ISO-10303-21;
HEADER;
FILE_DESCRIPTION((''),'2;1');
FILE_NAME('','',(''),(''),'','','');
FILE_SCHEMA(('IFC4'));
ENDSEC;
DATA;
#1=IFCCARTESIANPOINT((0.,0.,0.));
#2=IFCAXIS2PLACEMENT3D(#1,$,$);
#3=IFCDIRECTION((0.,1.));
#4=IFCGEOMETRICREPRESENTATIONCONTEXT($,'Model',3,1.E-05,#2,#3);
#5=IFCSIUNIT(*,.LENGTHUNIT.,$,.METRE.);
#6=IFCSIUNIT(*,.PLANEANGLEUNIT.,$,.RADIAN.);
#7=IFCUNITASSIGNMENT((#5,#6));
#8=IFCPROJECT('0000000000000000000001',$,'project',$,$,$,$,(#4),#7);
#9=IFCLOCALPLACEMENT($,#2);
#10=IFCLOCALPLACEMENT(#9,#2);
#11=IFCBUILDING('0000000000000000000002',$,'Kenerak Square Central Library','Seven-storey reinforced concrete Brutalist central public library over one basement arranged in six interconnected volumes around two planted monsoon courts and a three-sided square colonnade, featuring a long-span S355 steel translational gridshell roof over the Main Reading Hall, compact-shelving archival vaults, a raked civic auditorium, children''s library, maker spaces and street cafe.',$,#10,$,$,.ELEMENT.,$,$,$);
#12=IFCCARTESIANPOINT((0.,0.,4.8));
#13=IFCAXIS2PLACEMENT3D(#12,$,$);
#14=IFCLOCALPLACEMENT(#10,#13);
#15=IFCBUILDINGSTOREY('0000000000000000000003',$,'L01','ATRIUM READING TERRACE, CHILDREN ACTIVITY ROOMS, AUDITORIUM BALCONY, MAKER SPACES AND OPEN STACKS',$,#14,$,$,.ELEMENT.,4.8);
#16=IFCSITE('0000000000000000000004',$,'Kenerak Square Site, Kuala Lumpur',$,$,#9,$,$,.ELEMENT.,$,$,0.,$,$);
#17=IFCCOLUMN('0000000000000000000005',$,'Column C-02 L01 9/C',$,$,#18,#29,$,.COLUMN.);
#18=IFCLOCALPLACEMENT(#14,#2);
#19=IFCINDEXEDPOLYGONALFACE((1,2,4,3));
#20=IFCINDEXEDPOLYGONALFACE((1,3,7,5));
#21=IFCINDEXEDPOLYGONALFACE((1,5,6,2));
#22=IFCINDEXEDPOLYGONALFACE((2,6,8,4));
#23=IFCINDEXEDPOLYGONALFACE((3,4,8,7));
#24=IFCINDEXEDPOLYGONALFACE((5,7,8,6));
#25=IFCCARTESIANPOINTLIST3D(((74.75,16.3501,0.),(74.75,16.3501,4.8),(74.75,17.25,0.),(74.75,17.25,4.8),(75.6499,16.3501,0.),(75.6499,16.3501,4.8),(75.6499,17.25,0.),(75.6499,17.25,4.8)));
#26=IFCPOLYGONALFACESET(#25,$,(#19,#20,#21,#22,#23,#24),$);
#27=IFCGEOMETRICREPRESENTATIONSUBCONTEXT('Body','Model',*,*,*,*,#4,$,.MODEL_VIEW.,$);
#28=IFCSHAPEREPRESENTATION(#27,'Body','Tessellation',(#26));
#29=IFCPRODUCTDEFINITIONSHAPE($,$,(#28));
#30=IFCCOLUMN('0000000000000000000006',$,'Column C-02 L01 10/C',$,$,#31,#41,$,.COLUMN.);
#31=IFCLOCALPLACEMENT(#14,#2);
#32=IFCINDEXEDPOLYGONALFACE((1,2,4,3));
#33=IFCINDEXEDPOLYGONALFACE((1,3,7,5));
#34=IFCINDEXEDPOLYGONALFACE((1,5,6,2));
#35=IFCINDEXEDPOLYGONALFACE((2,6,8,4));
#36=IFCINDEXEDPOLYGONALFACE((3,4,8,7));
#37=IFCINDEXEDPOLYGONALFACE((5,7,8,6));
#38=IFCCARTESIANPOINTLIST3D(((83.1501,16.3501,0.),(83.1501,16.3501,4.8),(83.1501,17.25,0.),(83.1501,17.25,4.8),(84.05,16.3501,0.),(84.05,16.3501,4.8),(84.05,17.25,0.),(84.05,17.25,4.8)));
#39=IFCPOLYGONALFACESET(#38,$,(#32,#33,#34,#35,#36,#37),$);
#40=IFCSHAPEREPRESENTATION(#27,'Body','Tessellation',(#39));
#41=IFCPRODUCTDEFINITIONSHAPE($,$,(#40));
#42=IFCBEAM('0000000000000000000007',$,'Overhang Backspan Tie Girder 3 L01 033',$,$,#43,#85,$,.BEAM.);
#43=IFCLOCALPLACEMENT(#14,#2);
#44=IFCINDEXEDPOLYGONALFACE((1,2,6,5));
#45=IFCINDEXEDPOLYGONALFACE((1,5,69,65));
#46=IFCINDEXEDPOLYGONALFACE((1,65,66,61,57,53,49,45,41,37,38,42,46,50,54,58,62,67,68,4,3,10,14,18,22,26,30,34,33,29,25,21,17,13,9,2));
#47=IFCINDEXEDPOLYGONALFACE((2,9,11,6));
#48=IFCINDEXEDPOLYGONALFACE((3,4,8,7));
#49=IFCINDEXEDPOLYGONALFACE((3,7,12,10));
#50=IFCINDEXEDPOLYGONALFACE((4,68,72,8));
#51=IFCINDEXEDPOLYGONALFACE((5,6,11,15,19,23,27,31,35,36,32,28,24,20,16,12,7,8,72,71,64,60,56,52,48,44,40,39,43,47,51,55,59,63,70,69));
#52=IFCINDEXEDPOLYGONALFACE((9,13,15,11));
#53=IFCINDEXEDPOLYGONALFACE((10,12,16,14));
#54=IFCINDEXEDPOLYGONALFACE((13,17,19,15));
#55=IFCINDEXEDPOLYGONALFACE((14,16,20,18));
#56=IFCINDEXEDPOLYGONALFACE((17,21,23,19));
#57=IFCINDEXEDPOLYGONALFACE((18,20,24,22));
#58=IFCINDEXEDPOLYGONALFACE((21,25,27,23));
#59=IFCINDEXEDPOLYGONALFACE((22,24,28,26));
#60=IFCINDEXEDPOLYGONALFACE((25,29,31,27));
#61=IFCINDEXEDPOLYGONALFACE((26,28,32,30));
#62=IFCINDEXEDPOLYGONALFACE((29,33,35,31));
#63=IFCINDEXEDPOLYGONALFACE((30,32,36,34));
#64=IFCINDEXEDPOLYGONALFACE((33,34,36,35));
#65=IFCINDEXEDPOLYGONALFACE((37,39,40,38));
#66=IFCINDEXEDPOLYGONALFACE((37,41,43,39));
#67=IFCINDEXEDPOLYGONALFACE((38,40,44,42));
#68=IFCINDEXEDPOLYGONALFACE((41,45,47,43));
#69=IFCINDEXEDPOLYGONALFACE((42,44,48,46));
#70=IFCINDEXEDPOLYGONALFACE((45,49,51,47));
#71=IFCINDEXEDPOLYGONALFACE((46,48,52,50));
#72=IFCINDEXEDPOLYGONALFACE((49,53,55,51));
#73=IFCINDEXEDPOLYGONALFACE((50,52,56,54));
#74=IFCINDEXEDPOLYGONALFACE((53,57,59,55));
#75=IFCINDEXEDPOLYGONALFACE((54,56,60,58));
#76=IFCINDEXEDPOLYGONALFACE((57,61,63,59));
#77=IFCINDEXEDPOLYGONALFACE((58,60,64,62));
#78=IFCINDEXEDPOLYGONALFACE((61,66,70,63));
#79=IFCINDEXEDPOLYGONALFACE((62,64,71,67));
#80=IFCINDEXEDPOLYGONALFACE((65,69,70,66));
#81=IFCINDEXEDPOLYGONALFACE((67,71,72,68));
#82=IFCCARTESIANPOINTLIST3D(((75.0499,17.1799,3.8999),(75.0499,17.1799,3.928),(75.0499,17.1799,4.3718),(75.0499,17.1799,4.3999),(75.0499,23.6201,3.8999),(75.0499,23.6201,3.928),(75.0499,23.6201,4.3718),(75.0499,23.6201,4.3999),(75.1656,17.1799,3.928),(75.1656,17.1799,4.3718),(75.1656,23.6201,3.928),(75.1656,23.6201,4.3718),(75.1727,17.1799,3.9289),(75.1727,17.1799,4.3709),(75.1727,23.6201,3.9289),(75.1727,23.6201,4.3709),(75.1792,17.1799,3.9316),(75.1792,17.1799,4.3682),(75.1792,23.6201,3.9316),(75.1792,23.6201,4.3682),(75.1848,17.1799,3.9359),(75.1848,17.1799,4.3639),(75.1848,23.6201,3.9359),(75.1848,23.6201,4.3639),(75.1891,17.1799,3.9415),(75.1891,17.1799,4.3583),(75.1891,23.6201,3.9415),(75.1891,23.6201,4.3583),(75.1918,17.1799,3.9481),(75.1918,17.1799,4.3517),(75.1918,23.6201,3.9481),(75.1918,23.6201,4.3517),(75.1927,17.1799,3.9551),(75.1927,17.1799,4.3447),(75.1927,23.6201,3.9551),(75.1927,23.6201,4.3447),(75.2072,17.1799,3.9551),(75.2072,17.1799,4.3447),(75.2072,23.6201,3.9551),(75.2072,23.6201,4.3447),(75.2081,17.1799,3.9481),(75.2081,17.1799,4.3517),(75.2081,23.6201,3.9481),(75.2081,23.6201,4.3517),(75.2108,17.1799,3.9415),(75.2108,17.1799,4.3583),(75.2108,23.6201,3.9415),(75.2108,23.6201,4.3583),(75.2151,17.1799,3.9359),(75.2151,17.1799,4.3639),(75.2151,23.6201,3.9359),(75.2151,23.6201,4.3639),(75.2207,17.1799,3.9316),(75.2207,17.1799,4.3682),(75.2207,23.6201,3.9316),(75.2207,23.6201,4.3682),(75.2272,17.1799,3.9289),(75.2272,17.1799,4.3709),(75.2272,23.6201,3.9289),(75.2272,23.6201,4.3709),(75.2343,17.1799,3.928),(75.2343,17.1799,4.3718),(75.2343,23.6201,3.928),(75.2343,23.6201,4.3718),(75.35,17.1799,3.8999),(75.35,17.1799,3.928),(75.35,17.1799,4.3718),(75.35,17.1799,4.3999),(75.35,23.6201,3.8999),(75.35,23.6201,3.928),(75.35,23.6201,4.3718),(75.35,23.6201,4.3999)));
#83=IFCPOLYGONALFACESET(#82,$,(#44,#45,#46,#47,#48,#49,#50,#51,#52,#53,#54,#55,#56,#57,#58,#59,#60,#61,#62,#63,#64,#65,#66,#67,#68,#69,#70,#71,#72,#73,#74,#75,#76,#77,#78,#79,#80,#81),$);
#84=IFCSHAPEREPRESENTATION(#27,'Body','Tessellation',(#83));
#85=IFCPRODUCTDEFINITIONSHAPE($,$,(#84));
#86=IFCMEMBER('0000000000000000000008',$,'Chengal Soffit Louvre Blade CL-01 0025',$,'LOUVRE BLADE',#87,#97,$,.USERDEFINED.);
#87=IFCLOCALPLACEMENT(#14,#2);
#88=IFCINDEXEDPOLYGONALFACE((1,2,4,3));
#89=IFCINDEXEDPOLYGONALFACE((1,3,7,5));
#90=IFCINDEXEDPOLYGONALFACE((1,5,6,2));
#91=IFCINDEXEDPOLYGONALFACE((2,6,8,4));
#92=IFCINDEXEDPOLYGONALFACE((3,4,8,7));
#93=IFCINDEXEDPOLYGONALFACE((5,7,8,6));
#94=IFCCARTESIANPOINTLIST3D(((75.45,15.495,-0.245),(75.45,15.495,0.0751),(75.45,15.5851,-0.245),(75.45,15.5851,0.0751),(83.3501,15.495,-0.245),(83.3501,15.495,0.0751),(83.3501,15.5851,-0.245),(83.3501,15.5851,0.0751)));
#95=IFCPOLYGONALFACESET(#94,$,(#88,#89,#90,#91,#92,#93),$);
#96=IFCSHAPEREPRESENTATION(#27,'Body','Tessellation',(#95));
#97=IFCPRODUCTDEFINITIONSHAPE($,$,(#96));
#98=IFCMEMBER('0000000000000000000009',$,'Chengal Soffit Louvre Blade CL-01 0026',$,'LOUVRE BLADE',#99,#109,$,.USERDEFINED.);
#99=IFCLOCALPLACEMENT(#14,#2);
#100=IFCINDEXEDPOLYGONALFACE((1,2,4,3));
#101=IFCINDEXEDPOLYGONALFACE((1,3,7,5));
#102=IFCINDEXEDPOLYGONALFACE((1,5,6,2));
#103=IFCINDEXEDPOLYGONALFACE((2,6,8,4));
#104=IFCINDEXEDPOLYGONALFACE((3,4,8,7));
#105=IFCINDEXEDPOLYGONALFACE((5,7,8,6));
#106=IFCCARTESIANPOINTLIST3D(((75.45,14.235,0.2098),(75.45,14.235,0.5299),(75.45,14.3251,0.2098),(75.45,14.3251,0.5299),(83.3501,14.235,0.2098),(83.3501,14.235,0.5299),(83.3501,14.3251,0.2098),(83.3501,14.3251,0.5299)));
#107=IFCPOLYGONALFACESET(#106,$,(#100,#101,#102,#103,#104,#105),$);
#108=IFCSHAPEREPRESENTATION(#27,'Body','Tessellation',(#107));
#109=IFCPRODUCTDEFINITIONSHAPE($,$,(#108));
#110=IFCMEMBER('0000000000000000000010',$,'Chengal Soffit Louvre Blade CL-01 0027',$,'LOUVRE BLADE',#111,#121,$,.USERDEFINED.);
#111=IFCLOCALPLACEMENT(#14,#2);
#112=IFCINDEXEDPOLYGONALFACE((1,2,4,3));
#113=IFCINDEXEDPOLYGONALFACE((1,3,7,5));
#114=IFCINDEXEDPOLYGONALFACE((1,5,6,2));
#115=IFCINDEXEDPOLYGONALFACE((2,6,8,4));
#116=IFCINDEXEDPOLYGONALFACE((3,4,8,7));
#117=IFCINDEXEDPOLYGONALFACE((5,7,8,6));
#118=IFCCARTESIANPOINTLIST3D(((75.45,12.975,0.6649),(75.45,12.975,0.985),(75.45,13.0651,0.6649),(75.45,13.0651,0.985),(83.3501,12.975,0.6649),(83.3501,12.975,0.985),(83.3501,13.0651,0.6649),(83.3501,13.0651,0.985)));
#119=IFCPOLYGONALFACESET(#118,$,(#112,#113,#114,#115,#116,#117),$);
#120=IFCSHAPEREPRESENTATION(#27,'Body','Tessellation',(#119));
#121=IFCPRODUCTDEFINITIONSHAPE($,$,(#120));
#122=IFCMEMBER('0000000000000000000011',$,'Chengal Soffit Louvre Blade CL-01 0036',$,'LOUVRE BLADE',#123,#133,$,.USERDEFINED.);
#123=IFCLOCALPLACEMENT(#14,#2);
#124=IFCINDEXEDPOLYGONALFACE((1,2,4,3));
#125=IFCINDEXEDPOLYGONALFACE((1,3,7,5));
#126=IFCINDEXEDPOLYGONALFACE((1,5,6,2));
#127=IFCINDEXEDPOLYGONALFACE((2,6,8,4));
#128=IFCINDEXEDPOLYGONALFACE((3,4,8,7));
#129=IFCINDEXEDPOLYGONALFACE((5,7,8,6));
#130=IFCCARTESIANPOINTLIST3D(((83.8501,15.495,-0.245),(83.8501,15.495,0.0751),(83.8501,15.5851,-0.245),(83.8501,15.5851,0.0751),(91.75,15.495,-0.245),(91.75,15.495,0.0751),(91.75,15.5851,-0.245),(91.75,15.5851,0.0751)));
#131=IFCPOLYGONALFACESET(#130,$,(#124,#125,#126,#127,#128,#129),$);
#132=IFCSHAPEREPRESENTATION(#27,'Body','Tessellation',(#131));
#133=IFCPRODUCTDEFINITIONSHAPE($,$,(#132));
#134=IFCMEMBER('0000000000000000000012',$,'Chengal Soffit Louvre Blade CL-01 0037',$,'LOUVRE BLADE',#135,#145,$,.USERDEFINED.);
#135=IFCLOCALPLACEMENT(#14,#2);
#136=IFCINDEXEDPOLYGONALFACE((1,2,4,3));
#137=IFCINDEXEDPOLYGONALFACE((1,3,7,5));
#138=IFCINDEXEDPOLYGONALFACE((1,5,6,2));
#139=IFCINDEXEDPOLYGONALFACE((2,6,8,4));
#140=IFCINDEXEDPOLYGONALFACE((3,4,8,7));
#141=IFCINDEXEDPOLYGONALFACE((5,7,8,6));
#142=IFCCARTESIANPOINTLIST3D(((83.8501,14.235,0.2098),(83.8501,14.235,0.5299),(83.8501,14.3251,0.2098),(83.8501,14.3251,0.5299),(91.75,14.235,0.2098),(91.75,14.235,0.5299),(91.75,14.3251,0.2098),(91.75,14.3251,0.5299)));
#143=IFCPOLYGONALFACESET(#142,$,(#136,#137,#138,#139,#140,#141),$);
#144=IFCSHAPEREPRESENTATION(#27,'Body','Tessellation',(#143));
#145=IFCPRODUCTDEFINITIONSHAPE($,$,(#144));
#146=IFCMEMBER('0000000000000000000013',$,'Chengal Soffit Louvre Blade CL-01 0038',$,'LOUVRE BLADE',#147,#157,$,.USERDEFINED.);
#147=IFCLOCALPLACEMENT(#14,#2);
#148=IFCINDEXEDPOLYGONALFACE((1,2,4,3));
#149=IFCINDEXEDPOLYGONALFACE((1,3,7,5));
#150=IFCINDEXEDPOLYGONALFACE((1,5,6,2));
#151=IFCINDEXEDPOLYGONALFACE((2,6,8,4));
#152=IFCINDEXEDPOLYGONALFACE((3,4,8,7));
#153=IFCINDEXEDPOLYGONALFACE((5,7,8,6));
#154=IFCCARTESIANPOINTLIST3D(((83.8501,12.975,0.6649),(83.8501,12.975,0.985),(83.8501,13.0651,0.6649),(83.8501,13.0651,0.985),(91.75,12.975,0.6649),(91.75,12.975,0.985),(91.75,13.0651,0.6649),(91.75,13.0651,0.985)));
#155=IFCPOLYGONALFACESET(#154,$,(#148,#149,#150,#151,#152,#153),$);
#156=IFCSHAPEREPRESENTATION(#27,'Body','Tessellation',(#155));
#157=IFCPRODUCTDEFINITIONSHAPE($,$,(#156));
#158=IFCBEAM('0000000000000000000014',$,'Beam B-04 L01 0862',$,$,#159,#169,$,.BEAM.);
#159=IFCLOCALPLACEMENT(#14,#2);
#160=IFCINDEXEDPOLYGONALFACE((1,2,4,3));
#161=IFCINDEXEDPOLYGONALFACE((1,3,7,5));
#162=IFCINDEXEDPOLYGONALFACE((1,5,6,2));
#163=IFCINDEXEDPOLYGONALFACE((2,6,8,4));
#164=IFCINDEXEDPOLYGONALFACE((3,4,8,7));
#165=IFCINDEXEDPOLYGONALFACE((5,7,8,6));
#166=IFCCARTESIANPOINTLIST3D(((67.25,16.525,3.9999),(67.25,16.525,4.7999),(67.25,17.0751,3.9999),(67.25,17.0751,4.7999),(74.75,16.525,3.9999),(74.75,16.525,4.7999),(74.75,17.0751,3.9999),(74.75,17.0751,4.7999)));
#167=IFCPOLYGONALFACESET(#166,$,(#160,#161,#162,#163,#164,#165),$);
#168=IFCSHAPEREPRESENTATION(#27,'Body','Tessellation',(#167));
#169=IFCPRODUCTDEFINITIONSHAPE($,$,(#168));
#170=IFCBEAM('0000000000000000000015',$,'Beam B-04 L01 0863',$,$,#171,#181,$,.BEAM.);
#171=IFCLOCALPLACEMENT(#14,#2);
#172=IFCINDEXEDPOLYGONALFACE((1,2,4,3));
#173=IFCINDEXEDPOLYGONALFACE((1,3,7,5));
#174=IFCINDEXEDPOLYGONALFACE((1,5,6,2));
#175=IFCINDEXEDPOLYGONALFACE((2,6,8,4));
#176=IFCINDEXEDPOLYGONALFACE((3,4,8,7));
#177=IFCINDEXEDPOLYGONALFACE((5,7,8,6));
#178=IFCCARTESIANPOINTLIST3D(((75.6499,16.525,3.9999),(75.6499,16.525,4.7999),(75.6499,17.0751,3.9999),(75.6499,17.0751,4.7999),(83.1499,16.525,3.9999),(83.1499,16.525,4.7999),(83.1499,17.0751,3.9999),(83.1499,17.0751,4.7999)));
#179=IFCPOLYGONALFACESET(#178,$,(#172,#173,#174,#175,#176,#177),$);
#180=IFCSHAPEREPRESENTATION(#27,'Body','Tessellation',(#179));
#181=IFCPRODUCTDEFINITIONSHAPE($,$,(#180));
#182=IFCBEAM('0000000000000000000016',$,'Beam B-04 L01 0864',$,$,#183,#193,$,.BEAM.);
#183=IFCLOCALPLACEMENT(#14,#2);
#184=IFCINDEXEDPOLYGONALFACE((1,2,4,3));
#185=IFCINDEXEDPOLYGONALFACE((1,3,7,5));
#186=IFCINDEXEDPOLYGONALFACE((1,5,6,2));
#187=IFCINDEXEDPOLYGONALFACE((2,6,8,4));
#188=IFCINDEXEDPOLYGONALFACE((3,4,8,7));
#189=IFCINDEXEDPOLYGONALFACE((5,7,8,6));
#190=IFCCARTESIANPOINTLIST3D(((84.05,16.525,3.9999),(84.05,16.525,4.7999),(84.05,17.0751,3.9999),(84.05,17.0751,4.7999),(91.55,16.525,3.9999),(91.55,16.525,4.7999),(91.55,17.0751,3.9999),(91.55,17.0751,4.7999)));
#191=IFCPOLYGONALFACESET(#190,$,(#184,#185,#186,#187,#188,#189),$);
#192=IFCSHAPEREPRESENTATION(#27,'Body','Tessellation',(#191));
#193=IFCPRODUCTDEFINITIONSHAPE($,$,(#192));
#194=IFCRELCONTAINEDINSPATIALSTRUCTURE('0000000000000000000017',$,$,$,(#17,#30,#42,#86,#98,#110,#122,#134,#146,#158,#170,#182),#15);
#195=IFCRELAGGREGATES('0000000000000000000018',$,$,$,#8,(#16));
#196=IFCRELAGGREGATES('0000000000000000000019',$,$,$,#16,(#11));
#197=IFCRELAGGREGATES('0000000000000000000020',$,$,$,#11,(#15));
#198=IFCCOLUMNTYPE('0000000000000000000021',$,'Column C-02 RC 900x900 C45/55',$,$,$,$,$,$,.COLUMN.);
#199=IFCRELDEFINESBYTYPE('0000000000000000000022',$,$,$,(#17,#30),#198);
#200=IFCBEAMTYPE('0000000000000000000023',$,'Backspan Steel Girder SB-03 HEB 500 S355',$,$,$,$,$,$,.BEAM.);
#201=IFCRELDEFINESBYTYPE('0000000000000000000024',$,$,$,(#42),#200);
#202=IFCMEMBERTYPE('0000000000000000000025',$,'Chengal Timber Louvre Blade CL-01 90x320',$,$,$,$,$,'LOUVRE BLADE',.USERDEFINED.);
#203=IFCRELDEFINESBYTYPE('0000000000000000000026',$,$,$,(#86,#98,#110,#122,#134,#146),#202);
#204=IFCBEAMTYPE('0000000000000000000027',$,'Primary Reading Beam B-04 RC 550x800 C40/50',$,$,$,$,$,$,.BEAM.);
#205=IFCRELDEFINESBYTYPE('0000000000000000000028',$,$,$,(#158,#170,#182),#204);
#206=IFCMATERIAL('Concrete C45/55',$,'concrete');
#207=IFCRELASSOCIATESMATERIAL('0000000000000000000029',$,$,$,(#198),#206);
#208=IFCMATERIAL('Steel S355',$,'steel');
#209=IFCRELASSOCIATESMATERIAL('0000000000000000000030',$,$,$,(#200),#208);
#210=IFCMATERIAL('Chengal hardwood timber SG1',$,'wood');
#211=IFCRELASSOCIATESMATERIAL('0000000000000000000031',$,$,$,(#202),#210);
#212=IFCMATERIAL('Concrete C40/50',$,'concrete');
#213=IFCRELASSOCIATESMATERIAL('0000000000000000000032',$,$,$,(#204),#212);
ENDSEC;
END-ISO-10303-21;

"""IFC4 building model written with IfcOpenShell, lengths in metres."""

from ifc_helpers import new_model, si_unit, direction, frame, origin, origin_2d, place, context, subcontext, project, spatial, rectangle, i_section, extrude, material, material_profile, profile_set, type_object, element, save


model = new_model("IFC4")

# Units and contexts
model_context = context("Model", 3, precision=1e-05, world=origin(), true_north=direction((0.0, 1.0)))
body_context = subcontext(model_context, "Body", "Model", "MODEL_VIEW")
ifc_project = project(units=[si_unit("LENGTHUNIT", "METRE"), si_unit("PLANEANGLEUNIT", "RADIAN")], contexts=[model_context])

# Site, building, storey
site_placement = place(None, origin())
site = spatial("IfcSite", under=ifc_project, at=site_placement, Name="Kenerak Square Site, Kuala Lumpur", CompositionType="ELEMENT", RefElevation=0.0)
building_placement = place(site_placement, origin())
building = spatial("IfcBuilding", under=site, at=building_placement, Name="Kenerak Square Central Library", Description="Seven-storey reinforced concrete Brutalist central public library over one basement arranged in six interconnected volumes around two planted monsoon courts and a three-sided square colonnade, featuring a long-span S355 steel translational gridshell roof over the Main Reading Hall, compact-shelving archival vaults, a raked civic auditorium, children's library, maker spaces and street cafe.", CompositionType="ELEMENT")
storey_placement = place(building_placement, frame((0.0, 0.0, 4.8)))
storey = spatial("IfcBuildingStorey", under=building, at=storey_placement, Name="L01", Description="ATRIUM READING TERRACE, CHILDREN ACTIVITY ROOMS, AUDITORIUM BALCONY, MAKER SPACES AND OPEN STACKS", CompositionType="ELEMENT", Elevation=4.8)

# Columns
ifc_material_1 = material(Name="Concrete C45/55", Category="concrete")
ifc_material_profile_1 = material_profile(ifc_material_1, rectangle(XDim=0.8999, YDim=0.8999, at=origin_2d()), Name="RC 900x900")
ifc_profile_set_1 = profile_set([ifc_material_profile_1], Name="Concrete C45/55")
column_type = type_object("IfcColumnType", Name="Column C-02 RC 900x900 C45/55", PredefinedType="COLUMN", material=ifc_profile_set_1)
for number, where, z_axis, x_axis, name in (
    (1, (75.2, 16.8, 0.0), (0.0, 0.0, 1.0), (1.0, 0.0, 0.0), "Column C-02 L01 9/C"),
    (2, (83.6001, 16.8, 0.0), (0.0, 0.0, 1.0), (1.0, 0.0, 0.0), "Column C-02 L01 10/C"),
):
    element("IfcColumn", number, at=place(storey_placement, frame(where, z_axis=z_axis, x_axis=x_axis)), inside=storey, type_object=column_type, Name=name, PredefinedType="COLUMN", context=body_context, shape_type="SweptSolid", body=[
        extrude(rectangle(XDim=0.8999, YDim=0.8999, at=origin_2d()), origin(), (0.0, 0.0, 1.0), 4.8),
    ])

# Beam
ifc_material_2 = material(Name="Steel S355", Category="steel")
ifc_material_profile_2 = material_profile(ifc_material_2, i_section(OverallWidth=0.3, OverallDepth=0.5, WebThickness=0.0144, FlangeThickness=0.0281, FilletRadius=0.0271, at=origin_2d()), Name="HEB 500")
ifc_profile_set_2 = profile_set([ifc_material_profile_2], Name="Steel S355")
beam_type_1 = type_object("IfcBeamType", Name="Backspan Steel Girder SB-03 HEB 500 S355", PredefinedType="BEAM", material=ifc_profile_set_2)
beam_placement = place(storey_placement, frame((75.2, 17.1799, 4.1499), z_axis=(0.0, 1.0, 0.0), x_axis=(-1.0, 0.0, 0.0)))
element("IfcBeam", 3, at=beam_placement, inside=storey, type_object=beam_type_1, Name="Overhang Backspan Tie Girder 3 L01 033", PredefinedType="BEAM", context=body_context, shape_type="SweptSolid", body=[
    extrude(i_section(OverallWidth=0.3, OverallDepth=0.5, WebThickness=0.0144, FlangeThickness=0.0281, FilletRadius=0.0271, at=origin_2d()), origin(), (0.0, 0.0, 1.0), 6.4402),
])

# Members
ifc_material_3 = material(Name="Chengal hardwood timber SG1", Category="wood")
ifc_material_profile_3 = material_profile(ifc_material_3, rectangle(XDim=0.0901, YDim=0.3201, at=origin_2d()), Name="CHENGAL 90x320")
ifc_profile_set_3 = profile_set([ifc_material_profile_3], Name="Chengal hardwood timber SG1")
member_type_1 = type_object("IfcMemberType", Name="Chengal Timber Louvre Blade CL-01 90x320", ElementType="LOUVRE BLADE", PredefinedType="USERDEFINED", material=ifc_profile_set_3)
for number, where, z_axis, x_axis, name in (
    (4, (75.45, 15.54, -0.085), (1.0, 0.0, 0.0), (0.0, 1.0, 0.0), "Chengal Soffit Louvre Blade CL-01 0025"),
    (5, (75.45, 14.28, 0.3699), (1.0, 0.0, 0.0), (0.0, 1.0, 0.0), "Chengal Soffit Louvre Blade CL-01 0026"),
    (6, (75.45, 13.02, 0.825), (1.0, 0.0, 0.0), (0.0, 1.0, 0.0), "Chengal Soffit Louvre Blade CL-01 0027"),
):
    element("IfcMember", number, at=place(storey_placement, frame(where, z_axis=z_axis, x_axis=x_axis)), inside=storey, type_object=member_type_1, Name=name, ObjectType="LOUVRE BLADE", PredefinedType="USERDEFINED", context=body_context, shape_type="SweptSolid", body=[
        extrude(rectangle(XDim=0.0901, YDim=0.3201, at=origin_2d()), origin(), (0.0, 0.0, 1.0), 7.9001),
    ])
for number, where, z_axis, x_axis, name in (
    (7, (83.8501, 15.54, -0.085), (1.0, 0.0, 0.0), (0.0, 1.0, 0.0), "Chengal Soffit Louvre Blade CL-01 0036"),
    (8, (83.8501, 14.28, 0.3699), (1.0, 0.0, 0.0), (0.0, 1.0, 0.0), "Chengal Soffit Louvre Blade CL-01 0037"),
    (9, (83.8501, 13.02, 0.825), (1.0, 0.0, 0.0), (0.0, 1.0, 0.0), "Chengal Soffit Louvre Blade CL-01 0038"),
):
    element("IfcMember", number, at=place(storey_placement, frame(where, z_axis=z_axis, x_axis=x_axis)), inside=storey, type_object=member_type_1, Name=name, ObjectType="LOUVRE BLADE", PredefinedType="USERDEFINED", context=body_context, shape_type="SweptSolid", body=[
        extrude(rectangle(XDim=0.0901, YDim=0.3201, at=origin_2d()), origin(), (0.0, 0.0, 1.0), 7.8999),
    ])

# Beams
ifc_material_4 = material(Name="Concrete C40/50", Category="concrete")
ifc_material_profile_4 = material_profile(ifc_material_4, rectangle(XDim=0.55, YDim=0.8, at=origin_2d()), Name="RC 550x800")
ifc_profile_set_4 = profile_set([ifc_material_profile_4], Name="Concrete C40/50")
beam_type_2 = type_object("IfcBeamType", Name="Primary Reading Beam B-04 RC 550x800 C40/50", PredefinedType="BEAM", material=ifc_profile_set_4)
for number, where, z_axis, x_axis, name in (
    (10, (67.25, 16.8, 4.3999), (1.0, 0.0, 0.0), (0.0, 1.0, 0.0), "Beam B-04 L01 0862"),
    (11, (75.6499, 16.8, 4.3999), (1.0, 0.0, 0.0), (0.0, 1.0, 0.0), "Beam B-04 L01 0863"),
    (12, (84.05, 16.8, 4.3999), (1.0, 0.0, 0.0), (0.0, 1.0, 0.0), "Beam B-04 L01 0864"),
):
    element("IfcBeam", number, at=place(storey_placement, frame(where, z_axis=z_axis, x_axis=x_axis)), inside=storey, type_object=beam_type_2, Name=name, PredefinedType="BEAM", context=body_context, shape_type="SweptSolid", body=[
        extrude(rectangle(XDim=0.55, YDim=0.8, at=origin_2d()), origin(), (0.0, 0.0, 1.0), 7.5),
    ])

save(model, "model.ifc")
